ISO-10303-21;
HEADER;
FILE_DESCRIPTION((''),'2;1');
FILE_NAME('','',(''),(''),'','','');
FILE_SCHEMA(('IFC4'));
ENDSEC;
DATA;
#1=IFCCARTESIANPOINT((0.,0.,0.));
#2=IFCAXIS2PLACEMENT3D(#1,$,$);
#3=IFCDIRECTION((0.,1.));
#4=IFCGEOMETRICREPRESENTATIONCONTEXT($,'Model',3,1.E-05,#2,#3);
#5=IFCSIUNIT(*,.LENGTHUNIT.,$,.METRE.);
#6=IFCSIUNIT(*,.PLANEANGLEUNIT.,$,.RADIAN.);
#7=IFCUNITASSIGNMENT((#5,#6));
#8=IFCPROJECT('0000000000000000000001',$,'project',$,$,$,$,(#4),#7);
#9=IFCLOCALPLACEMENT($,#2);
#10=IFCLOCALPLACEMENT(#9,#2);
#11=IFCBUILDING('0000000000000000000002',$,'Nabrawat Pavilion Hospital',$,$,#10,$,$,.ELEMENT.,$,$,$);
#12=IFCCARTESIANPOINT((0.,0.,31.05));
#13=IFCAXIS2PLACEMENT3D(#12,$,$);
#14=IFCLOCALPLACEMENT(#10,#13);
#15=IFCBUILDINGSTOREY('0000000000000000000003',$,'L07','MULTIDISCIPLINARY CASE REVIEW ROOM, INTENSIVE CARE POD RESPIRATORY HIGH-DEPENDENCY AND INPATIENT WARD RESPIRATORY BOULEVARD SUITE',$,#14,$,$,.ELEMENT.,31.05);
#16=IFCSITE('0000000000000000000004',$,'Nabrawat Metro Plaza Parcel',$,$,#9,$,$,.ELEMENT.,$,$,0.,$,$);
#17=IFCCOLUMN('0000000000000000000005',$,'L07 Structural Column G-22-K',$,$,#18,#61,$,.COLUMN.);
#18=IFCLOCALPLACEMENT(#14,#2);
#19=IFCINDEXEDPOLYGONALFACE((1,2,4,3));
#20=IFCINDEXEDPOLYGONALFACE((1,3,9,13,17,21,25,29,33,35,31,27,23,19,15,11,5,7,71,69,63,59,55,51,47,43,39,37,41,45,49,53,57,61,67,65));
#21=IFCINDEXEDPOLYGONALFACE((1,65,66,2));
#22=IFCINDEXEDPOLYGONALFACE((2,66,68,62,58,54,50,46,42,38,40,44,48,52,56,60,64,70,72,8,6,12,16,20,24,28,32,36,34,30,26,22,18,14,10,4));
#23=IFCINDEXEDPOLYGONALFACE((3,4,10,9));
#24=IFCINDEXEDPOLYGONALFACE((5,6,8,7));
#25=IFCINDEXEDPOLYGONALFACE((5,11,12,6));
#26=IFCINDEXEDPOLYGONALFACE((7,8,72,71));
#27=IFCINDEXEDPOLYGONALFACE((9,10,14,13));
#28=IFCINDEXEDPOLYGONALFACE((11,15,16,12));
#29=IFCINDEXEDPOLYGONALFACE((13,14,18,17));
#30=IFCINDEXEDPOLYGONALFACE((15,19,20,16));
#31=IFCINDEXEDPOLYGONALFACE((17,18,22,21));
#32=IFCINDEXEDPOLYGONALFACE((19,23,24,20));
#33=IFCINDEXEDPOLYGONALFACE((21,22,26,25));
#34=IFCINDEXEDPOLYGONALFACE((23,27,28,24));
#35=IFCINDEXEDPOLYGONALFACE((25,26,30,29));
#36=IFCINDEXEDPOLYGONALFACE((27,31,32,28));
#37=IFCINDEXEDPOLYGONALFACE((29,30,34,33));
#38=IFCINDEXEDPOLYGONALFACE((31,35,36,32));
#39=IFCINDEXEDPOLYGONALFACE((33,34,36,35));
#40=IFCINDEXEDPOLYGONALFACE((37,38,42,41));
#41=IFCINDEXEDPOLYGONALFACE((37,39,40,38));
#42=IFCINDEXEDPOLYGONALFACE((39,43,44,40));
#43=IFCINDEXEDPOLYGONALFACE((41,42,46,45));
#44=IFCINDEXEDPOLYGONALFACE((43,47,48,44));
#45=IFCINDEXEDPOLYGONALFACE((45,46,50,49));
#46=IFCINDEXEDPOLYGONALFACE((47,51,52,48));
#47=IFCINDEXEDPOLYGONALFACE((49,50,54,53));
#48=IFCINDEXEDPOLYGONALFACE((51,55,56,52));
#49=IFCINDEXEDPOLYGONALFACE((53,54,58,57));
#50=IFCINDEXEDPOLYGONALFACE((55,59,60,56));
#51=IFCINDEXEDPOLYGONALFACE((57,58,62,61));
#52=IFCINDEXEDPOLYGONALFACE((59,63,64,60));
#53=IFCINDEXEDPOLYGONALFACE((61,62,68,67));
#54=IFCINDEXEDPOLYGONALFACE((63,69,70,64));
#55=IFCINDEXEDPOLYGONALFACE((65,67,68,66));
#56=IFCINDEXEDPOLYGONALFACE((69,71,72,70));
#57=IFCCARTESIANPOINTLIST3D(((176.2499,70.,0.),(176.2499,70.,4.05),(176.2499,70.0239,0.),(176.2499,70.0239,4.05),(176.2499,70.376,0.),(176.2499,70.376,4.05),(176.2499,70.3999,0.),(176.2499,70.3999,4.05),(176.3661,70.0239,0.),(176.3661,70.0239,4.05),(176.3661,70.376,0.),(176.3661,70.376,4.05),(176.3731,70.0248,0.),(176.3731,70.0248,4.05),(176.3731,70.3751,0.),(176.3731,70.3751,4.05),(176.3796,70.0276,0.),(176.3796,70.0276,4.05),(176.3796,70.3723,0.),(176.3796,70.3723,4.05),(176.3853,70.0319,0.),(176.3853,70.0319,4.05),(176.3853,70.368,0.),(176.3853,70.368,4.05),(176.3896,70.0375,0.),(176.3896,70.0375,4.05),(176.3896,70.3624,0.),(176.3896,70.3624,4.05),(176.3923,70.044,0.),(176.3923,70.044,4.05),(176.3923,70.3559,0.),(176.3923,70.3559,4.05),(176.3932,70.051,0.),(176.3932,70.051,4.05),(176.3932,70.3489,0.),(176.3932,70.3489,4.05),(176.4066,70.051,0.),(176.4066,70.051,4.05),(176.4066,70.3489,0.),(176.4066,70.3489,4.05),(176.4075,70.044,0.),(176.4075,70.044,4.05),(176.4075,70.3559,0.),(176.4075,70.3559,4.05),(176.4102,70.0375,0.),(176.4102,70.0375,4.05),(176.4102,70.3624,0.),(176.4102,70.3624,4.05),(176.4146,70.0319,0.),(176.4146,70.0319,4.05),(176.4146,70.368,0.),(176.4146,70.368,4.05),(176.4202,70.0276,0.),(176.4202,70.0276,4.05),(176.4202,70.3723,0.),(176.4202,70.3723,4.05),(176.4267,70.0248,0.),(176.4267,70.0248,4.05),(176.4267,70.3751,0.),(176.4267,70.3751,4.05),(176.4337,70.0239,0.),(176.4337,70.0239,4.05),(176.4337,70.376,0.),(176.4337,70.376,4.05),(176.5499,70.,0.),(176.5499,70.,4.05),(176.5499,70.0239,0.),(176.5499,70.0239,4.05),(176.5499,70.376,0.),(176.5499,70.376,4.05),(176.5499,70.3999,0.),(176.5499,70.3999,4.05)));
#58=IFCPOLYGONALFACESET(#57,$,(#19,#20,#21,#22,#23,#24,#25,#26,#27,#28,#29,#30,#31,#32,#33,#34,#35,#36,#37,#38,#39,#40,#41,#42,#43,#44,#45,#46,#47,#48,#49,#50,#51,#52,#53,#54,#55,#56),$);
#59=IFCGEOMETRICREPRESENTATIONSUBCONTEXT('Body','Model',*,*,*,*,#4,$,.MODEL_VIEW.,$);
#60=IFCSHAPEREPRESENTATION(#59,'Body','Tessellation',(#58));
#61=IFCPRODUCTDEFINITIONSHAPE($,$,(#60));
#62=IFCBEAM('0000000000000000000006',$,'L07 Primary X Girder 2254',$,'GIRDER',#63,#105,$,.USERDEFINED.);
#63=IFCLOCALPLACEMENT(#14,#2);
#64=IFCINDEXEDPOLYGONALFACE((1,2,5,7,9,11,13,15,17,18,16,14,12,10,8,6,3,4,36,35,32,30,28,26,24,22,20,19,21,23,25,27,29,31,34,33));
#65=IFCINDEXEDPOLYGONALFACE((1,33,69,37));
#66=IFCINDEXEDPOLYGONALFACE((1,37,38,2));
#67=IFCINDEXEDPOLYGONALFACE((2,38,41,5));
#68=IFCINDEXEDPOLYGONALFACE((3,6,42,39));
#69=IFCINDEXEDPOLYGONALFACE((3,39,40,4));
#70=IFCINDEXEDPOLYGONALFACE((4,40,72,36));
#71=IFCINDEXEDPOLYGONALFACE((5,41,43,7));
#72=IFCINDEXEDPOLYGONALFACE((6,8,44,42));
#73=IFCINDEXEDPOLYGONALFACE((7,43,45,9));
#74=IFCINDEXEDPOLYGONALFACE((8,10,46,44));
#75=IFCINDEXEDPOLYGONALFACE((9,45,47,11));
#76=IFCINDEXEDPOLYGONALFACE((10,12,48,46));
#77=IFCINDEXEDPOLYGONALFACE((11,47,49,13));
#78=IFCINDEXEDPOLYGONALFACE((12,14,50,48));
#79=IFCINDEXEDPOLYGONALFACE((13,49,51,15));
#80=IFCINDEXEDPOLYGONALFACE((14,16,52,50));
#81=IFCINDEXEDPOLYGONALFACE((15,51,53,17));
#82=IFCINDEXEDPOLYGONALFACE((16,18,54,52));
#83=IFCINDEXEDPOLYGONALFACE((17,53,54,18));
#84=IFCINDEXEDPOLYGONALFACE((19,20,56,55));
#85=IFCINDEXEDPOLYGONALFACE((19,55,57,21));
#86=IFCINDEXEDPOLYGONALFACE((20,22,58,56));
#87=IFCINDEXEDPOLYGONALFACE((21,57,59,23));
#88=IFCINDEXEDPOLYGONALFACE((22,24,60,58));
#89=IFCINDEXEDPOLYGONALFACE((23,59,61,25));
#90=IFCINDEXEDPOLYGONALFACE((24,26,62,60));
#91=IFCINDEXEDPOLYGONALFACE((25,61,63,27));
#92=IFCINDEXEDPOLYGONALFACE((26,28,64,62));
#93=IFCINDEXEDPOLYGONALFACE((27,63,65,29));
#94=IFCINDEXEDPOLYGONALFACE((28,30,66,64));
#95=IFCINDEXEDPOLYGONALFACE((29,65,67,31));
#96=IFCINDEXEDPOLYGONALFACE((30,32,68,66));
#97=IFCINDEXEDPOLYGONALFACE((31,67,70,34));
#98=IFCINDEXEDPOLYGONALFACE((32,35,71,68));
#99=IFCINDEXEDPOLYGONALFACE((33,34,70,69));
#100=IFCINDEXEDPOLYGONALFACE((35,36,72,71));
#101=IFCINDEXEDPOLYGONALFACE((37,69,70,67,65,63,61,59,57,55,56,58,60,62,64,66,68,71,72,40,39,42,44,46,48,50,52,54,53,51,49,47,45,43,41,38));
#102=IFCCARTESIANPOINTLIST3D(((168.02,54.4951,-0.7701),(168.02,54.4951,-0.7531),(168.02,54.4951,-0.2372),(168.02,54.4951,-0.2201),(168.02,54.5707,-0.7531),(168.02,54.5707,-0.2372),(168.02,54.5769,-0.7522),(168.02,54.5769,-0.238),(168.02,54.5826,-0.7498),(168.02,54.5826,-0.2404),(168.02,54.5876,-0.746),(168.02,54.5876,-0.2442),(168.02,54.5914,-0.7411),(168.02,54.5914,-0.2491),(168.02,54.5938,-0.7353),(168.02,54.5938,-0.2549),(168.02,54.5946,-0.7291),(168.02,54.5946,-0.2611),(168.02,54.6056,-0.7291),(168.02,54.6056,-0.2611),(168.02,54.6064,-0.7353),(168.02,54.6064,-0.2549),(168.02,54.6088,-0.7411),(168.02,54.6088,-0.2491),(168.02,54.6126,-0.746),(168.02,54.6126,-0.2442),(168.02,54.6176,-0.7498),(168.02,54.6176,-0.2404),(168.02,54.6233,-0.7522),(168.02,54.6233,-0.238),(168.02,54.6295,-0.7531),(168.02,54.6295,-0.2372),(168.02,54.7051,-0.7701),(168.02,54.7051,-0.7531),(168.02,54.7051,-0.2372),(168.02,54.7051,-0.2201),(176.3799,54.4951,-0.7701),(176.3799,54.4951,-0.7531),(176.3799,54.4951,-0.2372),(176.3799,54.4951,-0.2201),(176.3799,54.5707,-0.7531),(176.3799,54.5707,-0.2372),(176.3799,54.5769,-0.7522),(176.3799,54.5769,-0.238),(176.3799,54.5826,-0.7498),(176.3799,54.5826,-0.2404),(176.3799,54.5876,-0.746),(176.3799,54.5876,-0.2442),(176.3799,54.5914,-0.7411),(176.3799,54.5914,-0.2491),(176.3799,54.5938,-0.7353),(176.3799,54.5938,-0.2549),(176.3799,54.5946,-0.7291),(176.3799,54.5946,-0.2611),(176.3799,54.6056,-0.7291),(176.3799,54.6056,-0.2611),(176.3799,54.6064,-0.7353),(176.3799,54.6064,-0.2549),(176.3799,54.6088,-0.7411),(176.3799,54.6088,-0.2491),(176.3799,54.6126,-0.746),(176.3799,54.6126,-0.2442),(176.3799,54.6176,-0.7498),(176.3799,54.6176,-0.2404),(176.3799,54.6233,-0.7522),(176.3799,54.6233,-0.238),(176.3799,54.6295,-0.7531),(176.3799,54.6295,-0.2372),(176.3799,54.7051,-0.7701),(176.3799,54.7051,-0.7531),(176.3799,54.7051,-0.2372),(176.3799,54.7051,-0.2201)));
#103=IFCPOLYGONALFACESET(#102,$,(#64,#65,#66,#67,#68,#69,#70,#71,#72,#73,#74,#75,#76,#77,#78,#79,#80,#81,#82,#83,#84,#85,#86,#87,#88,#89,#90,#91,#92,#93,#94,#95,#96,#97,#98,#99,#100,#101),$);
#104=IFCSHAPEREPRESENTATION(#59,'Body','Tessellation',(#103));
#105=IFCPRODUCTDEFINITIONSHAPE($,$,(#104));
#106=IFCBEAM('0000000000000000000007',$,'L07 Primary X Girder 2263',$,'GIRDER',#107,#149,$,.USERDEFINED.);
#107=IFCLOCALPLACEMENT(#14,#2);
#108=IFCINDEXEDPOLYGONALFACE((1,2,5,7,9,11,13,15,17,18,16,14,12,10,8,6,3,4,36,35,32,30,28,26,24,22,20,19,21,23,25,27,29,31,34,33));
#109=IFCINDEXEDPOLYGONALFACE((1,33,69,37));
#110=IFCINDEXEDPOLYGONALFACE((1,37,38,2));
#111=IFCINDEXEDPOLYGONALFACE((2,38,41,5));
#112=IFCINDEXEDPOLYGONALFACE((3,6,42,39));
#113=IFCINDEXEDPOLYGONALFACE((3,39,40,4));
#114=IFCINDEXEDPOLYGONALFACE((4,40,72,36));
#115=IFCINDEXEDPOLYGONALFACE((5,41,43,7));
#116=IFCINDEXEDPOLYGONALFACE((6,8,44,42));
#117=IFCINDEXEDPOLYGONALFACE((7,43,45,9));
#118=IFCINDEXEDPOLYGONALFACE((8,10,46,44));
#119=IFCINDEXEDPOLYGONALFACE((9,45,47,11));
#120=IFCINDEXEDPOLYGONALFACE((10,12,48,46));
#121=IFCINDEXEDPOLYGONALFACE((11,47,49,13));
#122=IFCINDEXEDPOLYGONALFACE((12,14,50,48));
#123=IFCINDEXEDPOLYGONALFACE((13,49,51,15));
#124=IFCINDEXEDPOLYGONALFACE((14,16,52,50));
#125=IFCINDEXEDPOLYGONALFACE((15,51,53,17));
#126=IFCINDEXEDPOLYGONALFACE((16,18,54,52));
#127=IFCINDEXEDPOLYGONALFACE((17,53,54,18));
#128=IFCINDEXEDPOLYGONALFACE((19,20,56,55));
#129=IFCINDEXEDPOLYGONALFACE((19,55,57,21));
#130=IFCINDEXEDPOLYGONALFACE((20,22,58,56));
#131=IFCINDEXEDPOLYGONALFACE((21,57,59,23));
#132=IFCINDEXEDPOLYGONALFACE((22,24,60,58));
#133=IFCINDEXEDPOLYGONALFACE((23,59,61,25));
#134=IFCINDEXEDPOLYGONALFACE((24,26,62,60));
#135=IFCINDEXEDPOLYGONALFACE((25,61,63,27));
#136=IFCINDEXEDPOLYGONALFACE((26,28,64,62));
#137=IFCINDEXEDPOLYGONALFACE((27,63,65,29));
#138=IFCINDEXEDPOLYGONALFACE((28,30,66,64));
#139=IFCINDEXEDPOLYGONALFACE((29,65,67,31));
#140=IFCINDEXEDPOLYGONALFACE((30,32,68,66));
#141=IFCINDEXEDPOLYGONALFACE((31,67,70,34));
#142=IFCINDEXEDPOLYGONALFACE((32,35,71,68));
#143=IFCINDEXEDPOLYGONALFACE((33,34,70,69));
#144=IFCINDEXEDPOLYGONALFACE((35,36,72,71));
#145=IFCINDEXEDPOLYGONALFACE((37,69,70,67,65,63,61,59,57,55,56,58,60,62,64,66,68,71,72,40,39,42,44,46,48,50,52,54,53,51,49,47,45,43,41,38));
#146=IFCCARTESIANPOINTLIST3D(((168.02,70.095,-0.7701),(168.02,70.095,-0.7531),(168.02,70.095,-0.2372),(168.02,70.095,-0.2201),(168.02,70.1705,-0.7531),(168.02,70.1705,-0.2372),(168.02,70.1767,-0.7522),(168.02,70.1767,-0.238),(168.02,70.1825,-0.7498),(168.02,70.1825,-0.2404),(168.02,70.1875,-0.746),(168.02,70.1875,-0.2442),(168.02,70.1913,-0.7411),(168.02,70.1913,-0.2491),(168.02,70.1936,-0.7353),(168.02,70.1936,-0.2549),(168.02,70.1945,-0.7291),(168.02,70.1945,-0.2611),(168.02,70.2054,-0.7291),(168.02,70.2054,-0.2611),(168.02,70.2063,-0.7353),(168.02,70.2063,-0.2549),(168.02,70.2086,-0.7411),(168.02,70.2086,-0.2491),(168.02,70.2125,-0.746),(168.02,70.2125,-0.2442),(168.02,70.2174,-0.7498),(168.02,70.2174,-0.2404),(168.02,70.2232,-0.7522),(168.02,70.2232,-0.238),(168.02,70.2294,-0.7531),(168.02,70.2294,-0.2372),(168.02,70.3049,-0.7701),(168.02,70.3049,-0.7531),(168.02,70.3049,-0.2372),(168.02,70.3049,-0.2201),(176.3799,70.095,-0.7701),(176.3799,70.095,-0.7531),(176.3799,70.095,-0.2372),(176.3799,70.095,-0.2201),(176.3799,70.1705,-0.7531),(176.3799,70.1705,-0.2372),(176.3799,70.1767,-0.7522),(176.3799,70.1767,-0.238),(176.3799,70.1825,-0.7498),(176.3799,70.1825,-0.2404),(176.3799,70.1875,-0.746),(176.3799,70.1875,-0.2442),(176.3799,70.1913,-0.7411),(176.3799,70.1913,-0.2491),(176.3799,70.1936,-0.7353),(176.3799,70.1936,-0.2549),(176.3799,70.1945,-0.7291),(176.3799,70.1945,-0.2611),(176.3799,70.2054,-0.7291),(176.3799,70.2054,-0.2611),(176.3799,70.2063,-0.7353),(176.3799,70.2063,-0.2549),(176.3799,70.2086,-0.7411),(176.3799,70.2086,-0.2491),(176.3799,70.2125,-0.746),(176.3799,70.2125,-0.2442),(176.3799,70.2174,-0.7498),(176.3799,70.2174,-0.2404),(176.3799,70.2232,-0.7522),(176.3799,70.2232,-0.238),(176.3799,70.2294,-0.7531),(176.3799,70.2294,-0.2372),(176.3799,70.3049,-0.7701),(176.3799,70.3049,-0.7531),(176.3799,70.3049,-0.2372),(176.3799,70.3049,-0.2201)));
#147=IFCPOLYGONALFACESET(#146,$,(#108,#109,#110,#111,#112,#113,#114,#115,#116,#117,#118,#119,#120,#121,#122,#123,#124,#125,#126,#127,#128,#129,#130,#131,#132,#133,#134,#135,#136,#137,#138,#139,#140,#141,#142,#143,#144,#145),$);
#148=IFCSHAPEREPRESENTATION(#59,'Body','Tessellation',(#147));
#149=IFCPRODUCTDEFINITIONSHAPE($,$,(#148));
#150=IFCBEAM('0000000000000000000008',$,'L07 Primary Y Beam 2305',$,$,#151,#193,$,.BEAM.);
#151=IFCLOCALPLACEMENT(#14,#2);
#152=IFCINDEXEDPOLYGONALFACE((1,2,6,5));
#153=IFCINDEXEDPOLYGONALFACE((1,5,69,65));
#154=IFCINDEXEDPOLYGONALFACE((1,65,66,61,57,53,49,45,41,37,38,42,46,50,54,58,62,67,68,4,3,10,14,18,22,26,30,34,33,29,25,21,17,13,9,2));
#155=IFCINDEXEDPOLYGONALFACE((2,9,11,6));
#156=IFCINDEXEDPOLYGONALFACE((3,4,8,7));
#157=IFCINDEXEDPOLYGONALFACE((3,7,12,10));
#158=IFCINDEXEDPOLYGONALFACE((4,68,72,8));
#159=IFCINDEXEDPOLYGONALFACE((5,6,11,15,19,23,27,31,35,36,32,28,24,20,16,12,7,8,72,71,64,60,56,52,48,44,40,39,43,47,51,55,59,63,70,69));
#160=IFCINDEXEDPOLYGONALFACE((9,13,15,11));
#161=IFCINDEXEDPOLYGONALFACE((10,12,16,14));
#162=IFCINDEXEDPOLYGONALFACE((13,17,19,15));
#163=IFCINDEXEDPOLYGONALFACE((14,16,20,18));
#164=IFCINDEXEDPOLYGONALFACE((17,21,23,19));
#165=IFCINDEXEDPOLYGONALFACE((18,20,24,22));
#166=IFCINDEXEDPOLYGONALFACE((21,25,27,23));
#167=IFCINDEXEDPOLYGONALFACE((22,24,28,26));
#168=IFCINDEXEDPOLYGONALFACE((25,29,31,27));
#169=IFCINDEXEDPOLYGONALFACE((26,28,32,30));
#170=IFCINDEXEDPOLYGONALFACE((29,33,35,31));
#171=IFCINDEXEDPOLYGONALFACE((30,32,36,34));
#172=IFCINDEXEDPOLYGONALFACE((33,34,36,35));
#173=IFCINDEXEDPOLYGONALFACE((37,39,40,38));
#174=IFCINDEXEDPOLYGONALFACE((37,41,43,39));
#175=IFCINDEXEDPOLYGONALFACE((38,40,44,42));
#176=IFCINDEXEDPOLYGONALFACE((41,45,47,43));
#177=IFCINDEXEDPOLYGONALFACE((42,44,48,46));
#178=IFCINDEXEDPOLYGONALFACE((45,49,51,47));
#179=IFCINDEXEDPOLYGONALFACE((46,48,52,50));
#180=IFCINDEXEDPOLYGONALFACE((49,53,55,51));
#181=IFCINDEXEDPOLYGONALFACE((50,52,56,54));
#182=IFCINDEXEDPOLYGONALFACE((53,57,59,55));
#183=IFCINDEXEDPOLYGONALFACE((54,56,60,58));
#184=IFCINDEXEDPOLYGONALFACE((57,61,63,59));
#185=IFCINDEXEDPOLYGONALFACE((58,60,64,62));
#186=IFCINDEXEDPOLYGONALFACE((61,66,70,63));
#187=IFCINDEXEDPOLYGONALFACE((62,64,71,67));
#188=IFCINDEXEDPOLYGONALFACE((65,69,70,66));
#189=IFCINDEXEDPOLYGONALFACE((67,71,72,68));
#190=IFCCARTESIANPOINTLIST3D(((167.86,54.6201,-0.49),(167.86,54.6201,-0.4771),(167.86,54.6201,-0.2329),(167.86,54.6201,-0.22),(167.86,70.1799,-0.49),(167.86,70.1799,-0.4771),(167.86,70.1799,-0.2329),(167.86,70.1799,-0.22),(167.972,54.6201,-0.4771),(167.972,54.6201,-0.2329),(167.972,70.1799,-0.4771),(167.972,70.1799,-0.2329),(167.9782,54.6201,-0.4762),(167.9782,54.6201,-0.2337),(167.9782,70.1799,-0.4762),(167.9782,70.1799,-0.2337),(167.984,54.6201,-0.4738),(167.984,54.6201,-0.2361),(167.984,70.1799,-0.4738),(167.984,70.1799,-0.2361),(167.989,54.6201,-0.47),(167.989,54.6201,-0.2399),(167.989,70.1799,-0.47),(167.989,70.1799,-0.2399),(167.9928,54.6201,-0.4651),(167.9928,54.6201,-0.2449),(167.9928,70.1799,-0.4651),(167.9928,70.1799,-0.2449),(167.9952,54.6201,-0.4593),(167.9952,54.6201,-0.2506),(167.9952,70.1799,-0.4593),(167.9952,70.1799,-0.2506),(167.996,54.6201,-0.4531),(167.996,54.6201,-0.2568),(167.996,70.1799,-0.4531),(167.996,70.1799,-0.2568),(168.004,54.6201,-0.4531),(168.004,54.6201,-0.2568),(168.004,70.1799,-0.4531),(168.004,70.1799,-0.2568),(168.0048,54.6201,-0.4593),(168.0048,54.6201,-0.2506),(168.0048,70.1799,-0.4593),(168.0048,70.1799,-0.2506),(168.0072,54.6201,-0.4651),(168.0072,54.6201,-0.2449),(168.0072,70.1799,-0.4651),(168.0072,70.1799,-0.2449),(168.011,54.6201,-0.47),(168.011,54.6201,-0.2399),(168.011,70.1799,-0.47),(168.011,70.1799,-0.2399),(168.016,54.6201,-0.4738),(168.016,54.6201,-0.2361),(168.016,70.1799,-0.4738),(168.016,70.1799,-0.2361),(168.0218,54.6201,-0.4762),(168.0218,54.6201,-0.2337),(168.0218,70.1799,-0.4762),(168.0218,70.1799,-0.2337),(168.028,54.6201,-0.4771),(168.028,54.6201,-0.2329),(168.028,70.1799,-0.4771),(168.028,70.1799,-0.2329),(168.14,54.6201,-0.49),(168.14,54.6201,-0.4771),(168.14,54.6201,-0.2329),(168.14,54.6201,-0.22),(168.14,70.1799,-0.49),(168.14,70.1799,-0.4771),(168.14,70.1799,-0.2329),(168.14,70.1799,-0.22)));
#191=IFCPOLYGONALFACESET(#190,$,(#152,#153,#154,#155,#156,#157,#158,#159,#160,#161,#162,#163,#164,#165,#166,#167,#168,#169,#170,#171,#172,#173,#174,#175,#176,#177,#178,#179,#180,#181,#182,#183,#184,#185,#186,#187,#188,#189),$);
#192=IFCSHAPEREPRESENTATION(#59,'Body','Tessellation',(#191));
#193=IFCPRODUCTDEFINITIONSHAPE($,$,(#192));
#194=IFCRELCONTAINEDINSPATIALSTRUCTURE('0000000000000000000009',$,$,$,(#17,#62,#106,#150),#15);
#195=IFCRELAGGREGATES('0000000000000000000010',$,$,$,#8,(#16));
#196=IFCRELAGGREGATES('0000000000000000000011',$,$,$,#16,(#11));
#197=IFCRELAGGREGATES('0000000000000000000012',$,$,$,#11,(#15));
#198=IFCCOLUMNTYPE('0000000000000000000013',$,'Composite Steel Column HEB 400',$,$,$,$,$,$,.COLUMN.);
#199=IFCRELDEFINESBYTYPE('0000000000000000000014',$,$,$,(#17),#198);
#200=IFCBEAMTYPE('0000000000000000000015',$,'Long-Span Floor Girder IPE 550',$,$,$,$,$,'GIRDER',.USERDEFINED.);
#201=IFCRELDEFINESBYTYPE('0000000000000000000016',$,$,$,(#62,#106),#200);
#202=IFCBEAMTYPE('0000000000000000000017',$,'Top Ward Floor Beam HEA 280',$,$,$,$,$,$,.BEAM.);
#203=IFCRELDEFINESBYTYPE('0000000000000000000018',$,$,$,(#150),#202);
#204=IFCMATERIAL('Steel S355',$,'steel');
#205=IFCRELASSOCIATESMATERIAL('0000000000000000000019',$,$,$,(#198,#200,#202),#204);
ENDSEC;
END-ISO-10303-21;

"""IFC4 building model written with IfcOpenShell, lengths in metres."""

from ifc_helpers import new_model, si_unit, direction, frame, origin, origin_2d, place, context, subcontext, project, spatial, i_section, extrude, material, material_profile, profile_set, type_object, element, save


model = new_model("IFC4")

# Units and contexts
model_context = context("Model", 3, precision=1e-05, world=origin(), true_north=direction((0.0, 1.0)))
body_context = subcontext(model_context, "Body", "Model", "MODEL_VIEW")
ifc_project = project(units=[si_unit("LENGTHUNIT", "METRE"), si_unit("PLANEANGLEUNIT", "RADIAN")], contexts=[model_context])

# Site, building, storey
site_placement = place(None, origin())
site = spatial("IfcSite", under=ifc_project, at=site_placement, Name="Nabrawat Metro Plaza Parcel", CompositionType="ELEMENT", RefElevation=0.0)
building_placement = place(site_placement, origin())
building = spatial("IfcBuilding", under=site, at=building_placement, Name="Nabrawat Pavilion Hospital", CompositionType="ELEMENT")
storey_placement = place(building_placement, frame((0.0, 0.0, 31.05)))
storey = spatial("IfcBuildingStorey", under=building, at=storey_placement, Name="L07", Description="MULTIDISCIPLINARY CASE REVIEW ROOM, INTENSIVE CARE POD RESPIRATORY HIGH-DEPENDENCY AND INPATIENT WARD RESPIRATORY BOULEVARD SUITE", CompositionType="ELEMENT", Elevation=31.05)

# Column
ifc_material_1 = material(Name="Steel S355", Category="steel")
ifc_material_profile_1 = material_profile(ifc_material_1, i_section(OverallWidth=0.3, OverallDepth=0.3999, WebThickness=0.0134, FlangeThickness=0.0239, FilletRadius=0.0271, at=origin_2d()), Name="HEB 400")
ifc_profile_set_1 = profile_set([ifc_material_profile_1], Name="Steel S355")
column_type = type_object("IfcColumnType", Name="Composite Steel Column HEB 400", PredefinedType="COLUMN", material=ifc_profile_set_1)
for number, where, z_axis, x_axis, name in (
    (1, (176.3999, 70.2, 0.0), (0.0, 0.0, 1.0), (1.0, 0.0, 0.0), "L07 Structural Column G-22-K"),
):
    element("IfcColumn", number, at=place(storey_placement, frame(where, z_axis=z_axis, x_axis=x_axis)), inside=storey, type_object=column_type, Name=name, PredefinedType="COLUMN", context=body_context, shape_type="SweptSolid", body=[
        extrude(i_section(OverallWidth=0.3, OverallDepth=0.3999, WebThickness=0.0134, FlangeThickness=0.0239, FilletRadius=0.0271, at=origin_2d()), origin(), (0.0, 0.0, 1.0), 4.05),
    ])

# Beams
ifc_material_profile_2 = material_profile(ifc_material_1, i_section(OverallWidth=0.21, OverallDepth=0.55, WebThickness=0.011, FlangeThickness=0.0171, FilletRadius=0.0239, at=origin_2d()), Name="IPE 550")
ifc_profile_set_2 = profile_set([ifc_material_profile_2], Name="Steel S355")
beam_type_1 = type_object("IfcBeamType", Name="Long-Span Floor Girder IPE 550", ElementType="GIRDER", PredefinedType="USERDEFINED", material=ifc_profile_set_2)
for number, where, z_axis, x_axis, name in (
    (2, (168.02, 54.6001, -0.4951), (1.0, 0.0, 0.0), (0.0, 1.0, 0.0), "L07 Primary X Girder 2254"),
    (3, (168.02, 70.2, -0.4951), (1.0, 0.0, 0.0), (0.0, 1.0, 0.0), "L07 Primary X Girder 2263"),
):
    element("IfcBeam", number, at=place(storey_placement, frame(where, z_axis=z_axis, x_axis=x_axis)), inside=storey, type_object=beam_type_1, Name=name, ObjectType="GIRDER", PredefinedType="USERDEFINED", context=body_context, shape_type="SweptSolid", body=[
        extrude(i_section(OverallWidth=0.21, OverallDepth=0.55, WebThickness=0.011, FlangeThickness=0.0171, FilletRadius=0.0239, at=origin_2d()), origin(), (0.0, 0.0, 1.0), 8.3599),
    ])
ifc_material_profile_3 = material_profile(ifc_material_1, i_section(OverallWidth=0.28, OverallDepth=0.27, WebThickness=0.0081, FlangeThickness=0.0129, FilletRadius=0.0239, at=origin_2d()), Name="HEA 280")
ifc_profile_set_3 = profile_set([ifc_material_profile_3], Name="Steel S355")
beam_type_2 = type_object("IfcBeamType", Name="Top Ward Floor Beam HEA 280", PredefinedType="BEAM", material=ifc_profile_set_3)
beam_1_placement = place(storey_placement, frame((168.0, 54.6201, -0.355), z_axis=(0.0, 1.0, 0.0), x_axis=(-1.0, 0.0, 0.0)))
element("IfcBeam", 4, at=beam_1_placement, inside=storey, type_object=beam_type_2, Name="L07 Primary Y Beam 2305", PredefinedType="BEAM", context=body_context, shape_type="SweptSolid", body=[
    extrude(i_section(OverallWidth=0.28, OverallDepth=0.27, WebThickness=0.0081, FlangeThickness=0.0129, FilletRadius=0.0239, at=origin_2d()), origin(), (0.0, 0.0, 1.0), 15.5598),
])

save(model, "model.ifc")
